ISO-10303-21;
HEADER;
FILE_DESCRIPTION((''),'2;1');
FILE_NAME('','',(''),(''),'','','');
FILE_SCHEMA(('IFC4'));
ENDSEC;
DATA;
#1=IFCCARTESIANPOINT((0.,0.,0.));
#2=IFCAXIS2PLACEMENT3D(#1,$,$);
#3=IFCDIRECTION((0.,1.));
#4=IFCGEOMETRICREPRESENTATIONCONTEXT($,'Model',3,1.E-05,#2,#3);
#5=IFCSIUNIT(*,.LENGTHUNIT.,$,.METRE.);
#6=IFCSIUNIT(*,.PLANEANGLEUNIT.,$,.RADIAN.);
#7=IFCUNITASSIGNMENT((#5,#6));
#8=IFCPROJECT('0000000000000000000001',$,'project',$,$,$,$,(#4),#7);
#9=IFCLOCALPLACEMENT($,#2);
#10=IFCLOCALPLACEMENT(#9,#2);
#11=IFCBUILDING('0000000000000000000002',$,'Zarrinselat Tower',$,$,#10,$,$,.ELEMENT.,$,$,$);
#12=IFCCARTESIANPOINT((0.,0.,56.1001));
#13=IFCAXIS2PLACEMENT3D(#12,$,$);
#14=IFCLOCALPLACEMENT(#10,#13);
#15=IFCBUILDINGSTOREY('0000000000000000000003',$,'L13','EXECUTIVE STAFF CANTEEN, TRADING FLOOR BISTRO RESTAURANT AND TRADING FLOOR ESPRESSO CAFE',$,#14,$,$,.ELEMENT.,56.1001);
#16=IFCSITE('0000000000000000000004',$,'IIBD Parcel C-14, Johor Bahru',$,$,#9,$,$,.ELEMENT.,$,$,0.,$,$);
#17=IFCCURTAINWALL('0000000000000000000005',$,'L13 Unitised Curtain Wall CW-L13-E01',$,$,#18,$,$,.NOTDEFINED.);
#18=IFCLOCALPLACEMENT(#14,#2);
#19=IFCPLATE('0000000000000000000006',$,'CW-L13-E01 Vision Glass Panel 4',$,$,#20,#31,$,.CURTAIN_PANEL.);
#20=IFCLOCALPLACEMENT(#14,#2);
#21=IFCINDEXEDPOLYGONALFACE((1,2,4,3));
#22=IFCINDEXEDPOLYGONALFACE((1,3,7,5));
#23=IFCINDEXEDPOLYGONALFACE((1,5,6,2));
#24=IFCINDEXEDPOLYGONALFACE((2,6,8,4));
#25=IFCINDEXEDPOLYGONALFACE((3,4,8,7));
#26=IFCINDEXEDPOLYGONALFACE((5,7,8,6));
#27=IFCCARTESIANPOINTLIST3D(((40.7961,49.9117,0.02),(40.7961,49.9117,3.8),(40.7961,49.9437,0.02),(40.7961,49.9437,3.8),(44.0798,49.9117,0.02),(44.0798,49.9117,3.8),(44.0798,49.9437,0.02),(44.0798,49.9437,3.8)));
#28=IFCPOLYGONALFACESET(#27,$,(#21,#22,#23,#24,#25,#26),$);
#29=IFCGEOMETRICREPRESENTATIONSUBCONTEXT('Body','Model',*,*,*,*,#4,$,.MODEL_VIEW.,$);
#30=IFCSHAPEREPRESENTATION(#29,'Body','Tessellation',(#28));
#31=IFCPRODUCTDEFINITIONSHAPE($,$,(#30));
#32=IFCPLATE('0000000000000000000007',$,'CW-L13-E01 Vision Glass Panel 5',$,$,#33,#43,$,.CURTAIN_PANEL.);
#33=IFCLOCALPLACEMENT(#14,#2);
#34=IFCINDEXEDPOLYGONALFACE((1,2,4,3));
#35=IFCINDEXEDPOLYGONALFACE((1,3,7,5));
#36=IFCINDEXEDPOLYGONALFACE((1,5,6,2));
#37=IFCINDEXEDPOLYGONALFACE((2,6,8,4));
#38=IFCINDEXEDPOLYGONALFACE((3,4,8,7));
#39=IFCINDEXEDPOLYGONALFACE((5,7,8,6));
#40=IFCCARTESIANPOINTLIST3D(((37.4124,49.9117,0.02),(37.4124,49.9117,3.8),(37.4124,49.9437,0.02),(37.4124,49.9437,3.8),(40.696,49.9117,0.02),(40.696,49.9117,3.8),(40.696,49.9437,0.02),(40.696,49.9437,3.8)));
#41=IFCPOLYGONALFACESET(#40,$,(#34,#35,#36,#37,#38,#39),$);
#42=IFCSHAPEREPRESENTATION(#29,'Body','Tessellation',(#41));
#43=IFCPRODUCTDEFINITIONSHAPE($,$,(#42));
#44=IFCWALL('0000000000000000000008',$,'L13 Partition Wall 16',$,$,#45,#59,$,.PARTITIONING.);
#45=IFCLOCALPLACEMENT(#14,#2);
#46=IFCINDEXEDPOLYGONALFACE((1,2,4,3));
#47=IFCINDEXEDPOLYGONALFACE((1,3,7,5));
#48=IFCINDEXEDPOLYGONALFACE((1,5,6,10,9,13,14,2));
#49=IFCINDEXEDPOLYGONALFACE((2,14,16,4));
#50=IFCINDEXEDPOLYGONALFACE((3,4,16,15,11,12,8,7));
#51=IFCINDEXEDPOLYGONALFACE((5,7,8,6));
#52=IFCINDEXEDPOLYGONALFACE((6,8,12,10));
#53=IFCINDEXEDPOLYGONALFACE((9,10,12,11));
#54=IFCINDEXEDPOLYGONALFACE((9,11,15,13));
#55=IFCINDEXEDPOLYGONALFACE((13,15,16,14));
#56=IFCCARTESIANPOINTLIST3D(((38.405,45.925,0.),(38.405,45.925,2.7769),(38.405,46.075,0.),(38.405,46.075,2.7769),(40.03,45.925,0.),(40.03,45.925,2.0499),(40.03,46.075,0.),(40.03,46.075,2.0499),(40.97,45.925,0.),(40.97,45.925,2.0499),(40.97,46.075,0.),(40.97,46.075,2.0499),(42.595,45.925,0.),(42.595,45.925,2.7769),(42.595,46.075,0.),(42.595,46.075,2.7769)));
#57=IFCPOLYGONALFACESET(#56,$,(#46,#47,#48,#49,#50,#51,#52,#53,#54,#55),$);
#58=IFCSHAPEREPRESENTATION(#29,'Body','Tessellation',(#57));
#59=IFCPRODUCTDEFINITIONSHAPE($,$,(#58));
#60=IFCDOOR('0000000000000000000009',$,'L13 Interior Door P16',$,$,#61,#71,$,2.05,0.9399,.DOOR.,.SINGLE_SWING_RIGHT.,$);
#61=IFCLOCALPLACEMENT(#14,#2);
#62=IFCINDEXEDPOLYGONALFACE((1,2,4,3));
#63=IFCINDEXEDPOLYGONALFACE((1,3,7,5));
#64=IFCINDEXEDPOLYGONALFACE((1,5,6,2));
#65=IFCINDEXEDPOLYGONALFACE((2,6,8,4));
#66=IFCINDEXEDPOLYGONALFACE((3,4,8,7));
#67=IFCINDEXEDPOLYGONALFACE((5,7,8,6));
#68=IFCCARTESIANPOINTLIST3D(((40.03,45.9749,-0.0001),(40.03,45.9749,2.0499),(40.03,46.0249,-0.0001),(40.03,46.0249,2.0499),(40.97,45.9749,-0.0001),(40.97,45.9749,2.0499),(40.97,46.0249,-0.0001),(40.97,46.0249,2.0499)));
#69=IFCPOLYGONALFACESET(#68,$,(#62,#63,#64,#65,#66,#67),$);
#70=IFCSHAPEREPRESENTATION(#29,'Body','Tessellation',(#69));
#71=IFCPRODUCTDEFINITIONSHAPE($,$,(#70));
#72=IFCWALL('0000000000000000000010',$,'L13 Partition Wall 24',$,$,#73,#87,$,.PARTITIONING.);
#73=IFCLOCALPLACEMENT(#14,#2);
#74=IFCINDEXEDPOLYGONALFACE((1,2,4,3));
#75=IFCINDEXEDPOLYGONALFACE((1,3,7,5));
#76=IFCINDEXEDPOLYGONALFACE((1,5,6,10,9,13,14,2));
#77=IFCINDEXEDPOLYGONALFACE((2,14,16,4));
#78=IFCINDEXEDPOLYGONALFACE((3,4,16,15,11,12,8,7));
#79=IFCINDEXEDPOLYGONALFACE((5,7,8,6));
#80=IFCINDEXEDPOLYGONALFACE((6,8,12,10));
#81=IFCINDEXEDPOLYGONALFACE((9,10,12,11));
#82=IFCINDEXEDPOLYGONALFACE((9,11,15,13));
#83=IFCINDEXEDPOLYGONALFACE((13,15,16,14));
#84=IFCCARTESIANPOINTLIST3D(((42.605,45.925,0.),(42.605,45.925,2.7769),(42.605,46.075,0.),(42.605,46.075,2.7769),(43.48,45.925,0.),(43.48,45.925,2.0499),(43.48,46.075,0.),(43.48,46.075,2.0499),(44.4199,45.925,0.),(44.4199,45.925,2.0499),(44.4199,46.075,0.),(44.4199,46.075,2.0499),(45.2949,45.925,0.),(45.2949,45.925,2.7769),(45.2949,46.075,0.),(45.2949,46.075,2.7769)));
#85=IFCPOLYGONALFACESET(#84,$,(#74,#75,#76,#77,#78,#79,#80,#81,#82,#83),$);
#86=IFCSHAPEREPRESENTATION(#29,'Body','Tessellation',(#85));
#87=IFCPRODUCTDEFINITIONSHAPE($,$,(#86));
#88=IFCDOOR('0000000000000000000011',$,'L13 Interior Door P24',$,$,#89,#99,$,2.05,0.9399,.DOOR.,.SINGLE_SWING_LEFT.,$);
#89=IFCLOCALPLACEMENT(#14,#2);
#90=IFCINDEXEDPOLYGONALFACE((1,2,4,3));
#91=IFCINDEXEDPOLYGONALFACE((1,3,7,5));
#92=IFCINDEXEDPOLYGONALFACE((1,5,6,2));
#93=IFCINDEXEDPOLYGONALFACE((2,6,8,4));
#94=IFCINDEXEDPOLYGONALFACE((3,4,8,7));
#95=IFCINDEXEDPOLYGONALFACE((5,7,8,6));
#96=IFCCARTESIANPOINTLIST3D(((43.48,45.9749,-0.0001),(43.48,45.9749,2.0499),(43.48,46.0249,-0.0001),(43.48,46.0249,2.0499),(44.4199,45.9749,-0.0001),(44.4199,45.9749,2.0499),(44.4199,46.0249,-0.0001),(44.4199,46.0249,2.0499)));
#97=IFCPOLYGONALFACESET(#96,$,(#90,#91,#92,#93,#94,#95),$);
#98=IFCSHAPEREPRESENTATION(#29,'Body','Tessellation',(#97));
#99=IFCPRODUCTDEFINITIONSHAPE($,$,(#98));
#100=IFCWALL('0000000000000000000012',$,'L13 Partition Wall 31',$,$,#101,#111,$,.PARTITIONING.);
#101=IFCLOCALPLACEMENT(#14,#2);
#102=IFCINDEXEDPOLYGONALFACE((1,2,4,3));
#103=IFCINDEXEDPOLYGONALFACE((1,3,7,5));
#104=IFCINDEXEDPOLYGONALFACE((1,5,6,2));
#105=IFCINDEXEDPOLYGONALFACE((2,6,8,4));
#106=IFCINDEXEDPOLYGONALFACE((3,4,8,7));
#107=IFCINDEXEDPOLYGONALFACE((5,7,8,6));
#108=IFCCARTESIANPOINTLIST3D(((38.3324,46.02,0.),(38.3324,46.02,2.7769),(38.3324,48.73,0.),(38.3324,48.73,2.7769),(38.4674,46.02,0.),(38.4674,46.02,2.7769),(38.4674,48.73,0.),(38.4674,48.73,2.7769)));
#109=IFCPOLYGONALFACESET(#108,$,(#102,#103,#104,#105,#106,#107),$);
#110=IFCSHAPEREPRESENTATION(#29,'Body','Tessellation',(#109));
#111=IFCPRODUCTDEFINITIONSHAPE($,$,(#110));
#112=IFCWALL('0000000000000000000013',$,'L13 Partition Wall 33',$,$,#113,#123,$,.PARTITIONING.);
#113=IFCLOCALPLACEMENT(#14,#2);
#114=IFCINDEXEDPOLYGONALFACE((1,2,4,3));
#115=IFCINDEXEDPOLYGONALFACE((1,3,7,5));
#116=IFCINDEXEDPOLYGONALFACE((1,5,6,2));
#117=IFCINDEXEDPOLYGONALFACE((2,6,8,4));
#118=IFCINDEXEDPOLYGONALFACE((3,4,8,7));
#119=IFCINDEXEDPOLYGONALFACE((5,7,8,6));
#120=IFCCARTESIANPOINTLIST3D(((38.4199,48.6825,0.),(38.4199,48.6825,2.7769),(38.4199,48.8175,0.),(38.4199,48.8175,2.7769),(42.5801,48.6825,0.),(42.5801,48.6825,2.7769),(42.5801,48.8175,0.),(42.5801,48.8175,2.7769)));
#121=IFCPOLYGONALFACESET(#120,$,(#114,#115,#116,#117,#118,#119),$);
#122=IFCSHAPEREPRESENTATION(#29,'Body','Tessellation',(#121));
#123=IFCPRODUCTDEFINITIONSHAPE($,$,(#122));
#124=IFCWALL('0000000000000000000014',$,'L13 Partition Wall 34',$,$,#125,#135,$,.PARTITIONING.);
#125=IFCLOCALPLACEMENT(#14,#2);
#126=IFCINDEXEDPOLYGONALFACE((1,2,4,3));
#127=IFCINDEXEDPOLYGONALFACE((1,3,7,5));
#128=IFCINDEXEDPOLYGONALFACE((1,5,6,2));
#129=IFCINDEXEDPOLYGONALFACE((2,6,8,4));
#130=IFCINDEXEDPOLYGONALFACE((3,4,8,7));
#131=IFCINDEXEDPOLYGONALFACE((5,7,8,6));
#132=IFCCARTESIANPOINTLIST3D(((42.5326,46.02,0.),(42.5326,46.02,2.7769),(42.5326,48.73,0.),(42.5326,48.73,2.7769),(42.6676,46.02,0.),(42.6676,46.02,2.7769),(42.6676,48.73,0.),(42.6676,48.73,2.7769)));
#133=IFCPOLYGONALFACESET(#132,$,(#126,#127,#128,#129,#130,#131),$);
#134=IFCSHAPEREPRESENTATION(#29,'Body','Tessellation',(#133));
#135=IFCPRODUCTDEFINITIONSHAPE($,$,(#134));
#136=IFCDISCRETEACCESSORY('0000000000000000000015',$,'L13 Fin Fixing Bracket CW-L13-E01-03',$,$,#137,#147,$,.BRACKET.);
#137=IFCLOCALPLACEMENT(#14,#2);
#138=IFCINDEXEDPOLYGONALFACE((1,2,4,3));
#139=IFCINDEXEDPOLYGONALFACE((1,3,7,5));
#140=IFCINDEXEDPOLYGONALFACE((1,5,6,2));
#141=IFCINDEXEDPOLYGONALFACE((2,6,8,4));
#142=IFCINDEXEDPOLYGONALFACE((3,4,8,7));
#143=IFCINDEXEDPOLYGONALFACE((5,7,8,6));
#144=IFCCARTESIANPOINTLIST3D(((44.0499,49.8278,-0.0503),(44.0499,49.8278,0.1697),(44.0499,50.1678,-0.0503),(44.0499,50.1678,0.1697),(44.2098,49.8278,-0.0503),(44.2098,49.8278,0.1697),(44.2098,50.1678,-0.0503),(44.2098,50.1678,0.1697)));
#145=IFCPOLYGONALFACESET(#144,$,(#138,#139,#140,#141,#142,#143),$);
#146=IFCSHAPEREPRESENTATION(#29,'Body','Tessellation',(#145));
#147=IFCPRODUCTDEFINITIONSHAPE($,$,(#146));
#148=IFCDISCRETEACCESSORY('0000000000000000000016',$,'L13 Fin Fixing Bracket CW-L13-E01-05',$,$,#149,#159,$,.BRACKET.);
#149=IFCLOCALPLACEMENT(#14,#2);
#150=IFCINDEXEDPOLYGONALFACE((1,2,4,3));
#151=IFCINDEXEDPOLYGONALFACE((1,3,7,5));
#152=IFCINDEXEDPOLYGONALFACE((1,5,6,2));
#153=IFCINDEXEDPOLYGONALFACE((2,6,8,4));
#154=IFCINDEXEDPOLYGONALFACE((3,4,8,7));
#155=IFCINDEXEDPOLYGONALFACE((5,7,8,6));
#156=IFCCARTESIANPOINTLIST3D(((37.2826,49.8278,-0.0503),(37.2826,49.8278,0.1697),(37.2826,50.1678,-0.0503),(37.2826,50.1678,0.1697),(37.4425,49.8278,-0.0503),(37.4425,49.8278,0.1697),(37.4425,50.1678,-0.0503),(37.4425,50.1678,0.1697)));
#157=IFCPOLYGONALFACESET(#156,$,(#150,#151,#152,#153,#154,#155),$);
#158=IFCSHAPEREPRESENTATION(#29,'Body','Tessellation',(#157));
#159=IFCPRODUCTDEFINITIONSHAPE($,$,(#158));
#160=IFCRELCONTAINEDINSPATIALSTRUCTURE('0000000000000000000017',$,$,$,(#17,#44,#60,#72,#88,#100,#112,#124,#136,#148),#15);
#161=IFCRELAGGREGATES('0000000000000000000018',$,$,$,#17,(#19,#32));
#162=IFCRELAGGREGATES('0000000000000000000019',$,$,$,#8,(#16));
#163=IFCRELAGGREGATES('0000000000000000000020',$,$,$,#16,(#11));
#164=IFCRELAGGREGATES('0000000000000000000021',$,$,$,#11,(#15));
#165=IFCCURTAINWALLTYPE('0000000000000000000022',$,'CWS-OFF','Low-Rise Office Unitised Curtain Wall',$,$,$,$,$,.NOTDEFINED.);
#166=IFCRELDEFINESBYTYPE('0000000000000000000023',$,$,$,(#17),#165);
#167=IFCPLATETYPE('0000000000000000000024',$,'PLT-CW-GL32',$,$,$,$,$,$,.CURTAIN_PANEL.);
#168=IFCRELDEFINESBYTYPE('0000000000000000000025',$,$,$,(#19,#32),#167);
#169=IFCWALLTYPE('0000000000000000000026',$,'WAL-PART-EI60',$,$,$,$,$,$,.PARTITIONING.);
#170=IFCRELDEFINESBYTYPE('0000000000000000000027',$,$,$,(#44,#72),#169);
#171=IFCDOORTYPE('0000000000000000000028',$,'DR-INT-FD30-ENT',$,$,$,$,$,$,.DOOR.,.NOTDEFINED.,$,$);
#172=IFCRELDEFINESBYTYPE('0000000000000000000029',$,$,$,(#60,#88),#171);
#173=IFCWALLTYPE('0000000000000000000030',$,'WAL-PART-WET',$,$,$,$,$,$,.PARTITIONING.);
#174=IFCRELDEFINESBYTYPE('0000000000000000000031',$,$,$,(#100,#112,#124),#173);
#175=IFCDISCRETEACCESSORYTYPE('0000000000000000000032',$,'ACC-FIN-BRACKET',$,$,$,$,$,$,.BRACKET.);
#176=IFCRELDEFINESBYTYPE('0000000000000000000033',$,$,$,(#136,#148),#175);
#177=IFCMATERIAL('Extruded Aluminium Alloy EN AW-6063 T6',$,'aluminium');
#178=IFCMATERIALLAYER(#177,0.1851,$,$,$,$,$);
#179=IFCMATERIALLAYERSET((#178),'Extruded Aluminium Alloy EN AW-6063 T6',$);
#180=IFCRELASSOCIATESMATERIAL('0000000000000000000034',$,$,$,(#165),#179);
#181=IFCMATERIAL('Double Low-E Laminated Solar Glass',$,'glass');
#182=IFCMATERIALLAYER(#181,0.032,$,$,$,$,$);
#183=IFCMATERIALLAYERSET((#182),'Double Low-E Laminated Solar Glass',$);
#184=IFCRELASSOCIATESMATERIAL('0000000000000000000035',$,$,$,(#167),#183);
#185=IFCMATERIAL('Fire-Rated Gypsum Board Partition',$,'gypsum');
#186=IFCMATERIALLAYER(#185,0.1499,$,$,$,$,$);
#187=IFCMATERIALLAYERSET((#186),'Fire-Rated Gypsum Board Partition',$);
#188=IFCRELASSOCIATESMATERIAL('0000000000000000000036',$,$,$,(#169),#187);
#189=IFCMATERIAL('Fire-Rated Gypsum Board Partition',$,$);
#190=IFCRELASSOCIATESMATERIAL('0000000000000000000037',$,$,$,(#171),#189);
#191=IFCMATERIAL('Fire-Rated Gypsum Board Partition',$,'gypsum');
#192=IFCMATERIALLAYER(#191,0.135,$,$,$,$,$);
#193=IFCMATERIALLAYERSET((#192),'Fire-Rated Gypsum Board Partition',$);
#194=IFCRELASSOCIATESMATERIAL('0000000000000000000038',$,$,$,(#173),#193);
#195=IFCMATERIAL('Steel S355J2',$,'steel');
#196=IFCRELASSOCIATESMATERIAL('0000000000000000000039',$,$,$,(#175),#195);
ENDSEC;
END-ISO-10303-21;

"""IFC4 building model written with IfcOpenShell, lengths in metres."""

from ifc_helpers import new_model, si_unit, direction, frame, frame_2d, origin, origin_2d, place, context, subcontext, project, spatial, rectangle, extrude, material, layer, layer_set, type_object, element, fill, aggregate, save


model = new_model("IFC4")

# Units and contexts
model_context = context("Model", 3, precision=1e-05, world=origin(), true_north=direction((0.0, 1.0)))
body_context = subcontext(model_context, "Body", "Model", "MODEL_VIEW")
ifc_project = project(units=[si_unit("LENGTHUNIT", "METRE"), si_unit("PLANEANGLEUNIT", "RADIAN")], contexts=[model_context])

# Site, building, storey
site_placement = place(None, origin())
site = spatial("IfcSite", under=ifc_project, at=site_placement, Name="IIBD Parcel C-14, Johor Bahru", CompositionType="ELEMENT", RefElevation=0.0)
building_placement = place(site_placement, origin())
building = spatial("IfcBuilding", under=site, at=building_placement, Name="Zarrinselat Tower", CompositionType="ELEMENT")
storey_placement = place(building_placement, frame((0.0, 0.0, 56.1001)))
storey = spatial("IfcBuildingStorey", under=building, at=storey_placement, Name="L13", Description="EXECUTIVE STAFF CANTEEN, TRADING FLOOR BISTRO RESTAURANT AND TRADING FLOOR ESPRESSO CAFE", CompositionType="ELEMENT", Elevation=56.1001)

# Curtain wall, plates
ifc_material_1 = material(Name="Extruded Aluminium Alloy EN AW-6063 T6", Category="aluminium")
ifc_layer_1 = layer(ifc_material_1, 0.1851)
ifc_layer_set_1 = layer_set([ifc_layer_1], Name="Extruded Aluminium Alloy EN AW-6063 T6")
curtain_wall_type = type_object("IfcCurtainWallType", Name="CWS-OFF", Description="Low-Rise Office Unitised Curtain Wall", PredefinedType="NOTDEFINED", material=ifc_layer_set_1)
curtain_wall_placement = place(storey_placement, origin())
curtain_wall = element("IfcCurtainWall", 1, at=curtain_wall_placement, inside=storey, type_object=curtain_wall_type, Name="L13 Unitised Curtain Wall CW-L13-E01", PredefinedType="NOTDEFINED")
ifc_material_2 = material(Name="Double Low-E Laminated Solar Glass", Category="glass")
ifc_layer_2 = layer(ifc_material_2, 0.032)
ifc_layer_set_2 = layer_set([ifc_layer_2], Name="Double Low-E Laminated Solar Glass")
plate_type = type_object("IfcPlateType", Name="PLT-CW-GL32", PredefinedType="CURTAIN_PANEL", material=ifc_layer_set_2)
plate_1_placement = place(storey_placement, frame((42.438, 49.9277, 0.02), z_axis=(0.0, 0.0, 1.0), x_axis=(-1.0, 0.0, 0.0)))
plate_1 = element("IfcPlate", 2, at=plate_1_placement, type_object=plate_type, Name="CW-L13-E01 Vision Glass Panel 4", PredefinedType="CURTAIN_PANEL", context=body_context, shape_type="SweptSolid", body=[
    extrude(rectangle(XDim=3.2837, YDim=0.032, at=origin_2d()), origin(), (0.0, 0.0, 1.0), 3.78),
])
plate_2_placement = place(storey_placement, frame((39.0542, 49.9277, 0.02), z_axis=(0.0, 0.0, 1.0), x_axis=(-1.0, 0.0, 0.0)))
plate_2 = element("IfcPlate", 3, at=plate_2_placement, type_object=plate_type, Name="CW-L13-E01 Vision Glass Panel 5", PredefinedType="CURTAIN_PANEL", context=body_context, shape_type="SweptSolid", body=[
    extrude(rectangle(XDim=3.2837, YDim=0.032, at=origin_2d()), origin(), (0.0, 0.0, 1.0), 3.78),
])
aggregate(curtain_wall, [plate_1, plate_2])

# Walls, openings, doors
ifc_material_3 = material(Name="Fire-Rated Gypsum Board Partition", Category="gypsum")
ifc_layer_3 = layer(ifc_material_3, 0.1499)
ifc_layer_set_3 = layer_set([ifc_layer_3], Name="Fire-Rated Gypsum Board Partition")
wall_type_1 = type_object("IfcWallType", Name="WAL-PART-EI60", PredefinedType="PARTITIONING", material=ifc_layer_set_3)
wall_1_placement = place(storey_placement, frame((38.405, 46.0, 0.0), z_axis=(0.0, 0.0, 1.0), x_axis=(1.0, 0.0, 0.0)))
wall_1 = element("IfcWall", 4, at=wall_1_placement, inside=storey, type_object=wall_type_1, Name="L13 Partition Wall 16", PredefinedType="PARTITIONING", context=body_context, shape_type="SweptSolid", body=[
    extrude(rectangle(XDim=4.1899, YDim=0.1499, at=frame_2d((2.095, 0.0))), origin(), (0.0, 0.0, 1.0), 2.7769),
])
opening_1_placement = place(wall_1_placement, frame((1.625, 0.0, 0.0)))
opening_1 = element("IfcOpeningElement", 5, at=opening_1_placement, cuts=wall_1, PredefinedType="OPENING", context=body_context, shape_type="SweptSolid", body=[
    extrude(rectangle(XDim=0.9399, YDim=2.05, at=frame_2d((0.47, 1.0249))), frame((0.0, 0.085, 0.0), z_axis=(0.0, -1.0, 0.0), x_axis=(1.0, 0.0, 0.0)), (0.0, 0.0, 1.0), 0.1699),
])
ifc_material_4 = material(Name="Fire-Rated Gypsum Board Partition")
door_type = type_object("IfcDoorType", Name="DR-INT-FD30-ENT", OperationType="NOTDEFINED", PredefinedType="DOOR", material=ifc_material_4)
door_1_placement = place(opening_1_placement, origin())
door_1 = element("IfcDoor", 6, at=door_1_placement, inside=storey, type_object=door_type, Name="L13 Interior Door P16", OperationType="SINGLE_SWING_RIGHT", OverallHeight=2.05, OverallWidth=0.9399, PredefinedType="DOOR", context=body_context, shape_type="SweptSolid", body=[
    extrude(rectangle(XDim=0.9399, YDim=2.05, at=frame_2d((0.47, 1.0249))), frame((0.0, 0.0249, 0.0), z_axis=(0.0, -1.0, 0.0), x_axis=(1.0, 0.0, 0.0)), (0.0, 0.0, 1.0), 0.05),
])
fill(opening_1, door_1)
wall_2_placement = place(storey_placement, frame((42.605, 46.0, 0.0), z_axis=(0.0, 0.0, 1.0), x_axis=(1.0, 0.0, 0.0)))
wall_2 = element("IfcWall", 7, at=wall_2_placement, inside=storey, type_object=wall_type_1, Name="L13 Partition Wall 24", PredefinedType="PARTITIONING", context=body_context, shape_type="SweptSolid", body=[
    extrude(rectangle(XDim=2.6899, YDim=0.1499, at=frame_2d((1.345, 0.0))), origin(), (0.0, 0.0, 1.0), 2.7769),
])
opening_2_placement = place(wall_2_placement, frame((0.875, 0.0, 0.0)))
opening_2 = element("IfcOpeningElement", 8, at=opening_2_placement, cuts=wall_2, PredefinedType="OPENING", context=body_context, shape_type="SweptSolid", body=[
    extrude(rectangle(XDim=0.9399, YDim=2.05, at=frame_2d((0.47, 1.0249))), frame((0.0, 0.085, 0.0), z_axis=(0.0, -1.0, 0.0), x_axis=(1.0, 0.0, 0.0)), (0.0, 0.0, 1.0), 0.1699),
])
door_2_placement = place(opening_2_placement, origin())
door_2 = element("IfcDoor", 9, at=door_2_placement, inside=storey, type_object=door_type, Name="L13 Interior Door P24", OperationType="SINGLE_SWING_LEFT", OverallHeight=2.05, OverallWidth=0.9399, PredefinedType="DOOR", context=body_context, shape_type="SweptSolid", body=[
    extrude(rectangle(XDim=0.9399, YDim=2.05, at=frame_2d((0.47, 1.0249))), frame((0.0, 0.0249, 0.0), z_axis=(0.0, -1.0, 0.0), x_axis=(1.0, 0.0, 0.0)), (0.0, 0.0, 1.0), 0.05),
])
fill(opening_2, door_2)

# Walls
ifc_material_5 = material(Name="Fire-Rated Gypsum Board Partition", Category="gypsum")
ifc_layer_4 = layer(ifc_material_5, 0.135)
ifc_layer_set_4 = layer_set([ifc_layer_4], Name="Fire-Rated Gypsum Board Partition")
wall_type_2 = type_object("IfcWallType", Name="WAL-PART-WET", PredefinedType="PARTITIONING", material=ifc_layer_set_4)
wall_3_placement = place(storey_placement, frame((38.3999, 46.02, 0.0), z_axis=(0.0, 0.0, 1.0), x_axis=(0.0, 1.0, 0.0)))
element("IfcWall", 10, at=wall_3_placement, inside=storey, type_object=wall_type_2, Name="L13 Partition Wall 31", PredefinedType="PARTITIONING", context=body_context, shape_type="SweptSolid", body=[
    extrude(rectangle(XDim=2.71, YDim=0.135, at=frame_2d((1.355, 0.0))), origin(), (0.0, 0.0, 1.0), 2.7769),
])
wall_4_placement = place(storey_placement, frame((38.4199, 48.75, 0.0), z_axis=(0.0, 0.0, 1.0), x_axis=(1.0, 0.0, 0.0)))
element("IfcWall", 11, at=wall_4_placement, inside=storey, type_object=wall_type_2, Name="L13 Partition Wall 33", PredefinedType="PARTITIONING", context=body_context, shape_type="SweptSolid", body=[
    extrude(rectangle(XDim=4.1602, YDim=0.135, at=frame_2d((2.0801, 0.0))), origin(), (0.0, 0.0, 1.0), 2.7769),
])
wall_5_placement = place(storey_placement, frame((42.6001, 46.02, 0.0), z_axis=(0.0, 0.0, 1.0), x_axis=(0.0, 1.0, 0.0)))
element("IfcWall", 12, at=wall_5_placement, inside=storey, type_object=wall_type_2, Name="L13 Partition Wall 34", PredefinedType="PARTITIONING", context=body_context, shape_type="SweptSolid", body=[
    extrude(rectangle(XDim=2.71, YDim=0.135, at=frame_2d((1.355, 0.0))), origin(), (0.0, 0.0, 1.0), 2.7769),
])

# Discrete accessories
ifc_material_6 = material(Name="Steel S355J2", Category="steel")
discrete_accessory_type = type_object("IfcDiscreteAccessoryType", Name="ACC-FIN-BRACKET", PredefinedType="BRACKET", material=ifc_material_6)
for number, where, z_axis, x_axis, name in (
    (13, (44.1299, 49.9978, -0.0503), (0.0, 0.0, 1.0), (0.0, 1.0, 0.0), "L13 Fin Fixing Bracket CW-L13-E01-03"),
    (14, (37.3625, 49.9978, -0.0503), (0.0, 0.0, 1.0), (0.0, 1.0, 0.0), "L13 Fin Fixing Bracket CW-L13-E01-05"),
):
    element("IfcDiscreteAccessory", number, at=place(storey_placement, frame(where, z_axis=z_axis, x_axis=x_axis)), inside=storey, type_object=discrete_accessory_type, Name=name, PredefinedType="BRACKET", context=body_context, shape_type="SweptSolid", body=[
        extrude(rectangle(XDim=0.3401, YDim=0.1599, at=origin_2d()), origin(), (0.0, 0.0, 1.0), 0.22),
    ])

save(model, "model.ifc")
